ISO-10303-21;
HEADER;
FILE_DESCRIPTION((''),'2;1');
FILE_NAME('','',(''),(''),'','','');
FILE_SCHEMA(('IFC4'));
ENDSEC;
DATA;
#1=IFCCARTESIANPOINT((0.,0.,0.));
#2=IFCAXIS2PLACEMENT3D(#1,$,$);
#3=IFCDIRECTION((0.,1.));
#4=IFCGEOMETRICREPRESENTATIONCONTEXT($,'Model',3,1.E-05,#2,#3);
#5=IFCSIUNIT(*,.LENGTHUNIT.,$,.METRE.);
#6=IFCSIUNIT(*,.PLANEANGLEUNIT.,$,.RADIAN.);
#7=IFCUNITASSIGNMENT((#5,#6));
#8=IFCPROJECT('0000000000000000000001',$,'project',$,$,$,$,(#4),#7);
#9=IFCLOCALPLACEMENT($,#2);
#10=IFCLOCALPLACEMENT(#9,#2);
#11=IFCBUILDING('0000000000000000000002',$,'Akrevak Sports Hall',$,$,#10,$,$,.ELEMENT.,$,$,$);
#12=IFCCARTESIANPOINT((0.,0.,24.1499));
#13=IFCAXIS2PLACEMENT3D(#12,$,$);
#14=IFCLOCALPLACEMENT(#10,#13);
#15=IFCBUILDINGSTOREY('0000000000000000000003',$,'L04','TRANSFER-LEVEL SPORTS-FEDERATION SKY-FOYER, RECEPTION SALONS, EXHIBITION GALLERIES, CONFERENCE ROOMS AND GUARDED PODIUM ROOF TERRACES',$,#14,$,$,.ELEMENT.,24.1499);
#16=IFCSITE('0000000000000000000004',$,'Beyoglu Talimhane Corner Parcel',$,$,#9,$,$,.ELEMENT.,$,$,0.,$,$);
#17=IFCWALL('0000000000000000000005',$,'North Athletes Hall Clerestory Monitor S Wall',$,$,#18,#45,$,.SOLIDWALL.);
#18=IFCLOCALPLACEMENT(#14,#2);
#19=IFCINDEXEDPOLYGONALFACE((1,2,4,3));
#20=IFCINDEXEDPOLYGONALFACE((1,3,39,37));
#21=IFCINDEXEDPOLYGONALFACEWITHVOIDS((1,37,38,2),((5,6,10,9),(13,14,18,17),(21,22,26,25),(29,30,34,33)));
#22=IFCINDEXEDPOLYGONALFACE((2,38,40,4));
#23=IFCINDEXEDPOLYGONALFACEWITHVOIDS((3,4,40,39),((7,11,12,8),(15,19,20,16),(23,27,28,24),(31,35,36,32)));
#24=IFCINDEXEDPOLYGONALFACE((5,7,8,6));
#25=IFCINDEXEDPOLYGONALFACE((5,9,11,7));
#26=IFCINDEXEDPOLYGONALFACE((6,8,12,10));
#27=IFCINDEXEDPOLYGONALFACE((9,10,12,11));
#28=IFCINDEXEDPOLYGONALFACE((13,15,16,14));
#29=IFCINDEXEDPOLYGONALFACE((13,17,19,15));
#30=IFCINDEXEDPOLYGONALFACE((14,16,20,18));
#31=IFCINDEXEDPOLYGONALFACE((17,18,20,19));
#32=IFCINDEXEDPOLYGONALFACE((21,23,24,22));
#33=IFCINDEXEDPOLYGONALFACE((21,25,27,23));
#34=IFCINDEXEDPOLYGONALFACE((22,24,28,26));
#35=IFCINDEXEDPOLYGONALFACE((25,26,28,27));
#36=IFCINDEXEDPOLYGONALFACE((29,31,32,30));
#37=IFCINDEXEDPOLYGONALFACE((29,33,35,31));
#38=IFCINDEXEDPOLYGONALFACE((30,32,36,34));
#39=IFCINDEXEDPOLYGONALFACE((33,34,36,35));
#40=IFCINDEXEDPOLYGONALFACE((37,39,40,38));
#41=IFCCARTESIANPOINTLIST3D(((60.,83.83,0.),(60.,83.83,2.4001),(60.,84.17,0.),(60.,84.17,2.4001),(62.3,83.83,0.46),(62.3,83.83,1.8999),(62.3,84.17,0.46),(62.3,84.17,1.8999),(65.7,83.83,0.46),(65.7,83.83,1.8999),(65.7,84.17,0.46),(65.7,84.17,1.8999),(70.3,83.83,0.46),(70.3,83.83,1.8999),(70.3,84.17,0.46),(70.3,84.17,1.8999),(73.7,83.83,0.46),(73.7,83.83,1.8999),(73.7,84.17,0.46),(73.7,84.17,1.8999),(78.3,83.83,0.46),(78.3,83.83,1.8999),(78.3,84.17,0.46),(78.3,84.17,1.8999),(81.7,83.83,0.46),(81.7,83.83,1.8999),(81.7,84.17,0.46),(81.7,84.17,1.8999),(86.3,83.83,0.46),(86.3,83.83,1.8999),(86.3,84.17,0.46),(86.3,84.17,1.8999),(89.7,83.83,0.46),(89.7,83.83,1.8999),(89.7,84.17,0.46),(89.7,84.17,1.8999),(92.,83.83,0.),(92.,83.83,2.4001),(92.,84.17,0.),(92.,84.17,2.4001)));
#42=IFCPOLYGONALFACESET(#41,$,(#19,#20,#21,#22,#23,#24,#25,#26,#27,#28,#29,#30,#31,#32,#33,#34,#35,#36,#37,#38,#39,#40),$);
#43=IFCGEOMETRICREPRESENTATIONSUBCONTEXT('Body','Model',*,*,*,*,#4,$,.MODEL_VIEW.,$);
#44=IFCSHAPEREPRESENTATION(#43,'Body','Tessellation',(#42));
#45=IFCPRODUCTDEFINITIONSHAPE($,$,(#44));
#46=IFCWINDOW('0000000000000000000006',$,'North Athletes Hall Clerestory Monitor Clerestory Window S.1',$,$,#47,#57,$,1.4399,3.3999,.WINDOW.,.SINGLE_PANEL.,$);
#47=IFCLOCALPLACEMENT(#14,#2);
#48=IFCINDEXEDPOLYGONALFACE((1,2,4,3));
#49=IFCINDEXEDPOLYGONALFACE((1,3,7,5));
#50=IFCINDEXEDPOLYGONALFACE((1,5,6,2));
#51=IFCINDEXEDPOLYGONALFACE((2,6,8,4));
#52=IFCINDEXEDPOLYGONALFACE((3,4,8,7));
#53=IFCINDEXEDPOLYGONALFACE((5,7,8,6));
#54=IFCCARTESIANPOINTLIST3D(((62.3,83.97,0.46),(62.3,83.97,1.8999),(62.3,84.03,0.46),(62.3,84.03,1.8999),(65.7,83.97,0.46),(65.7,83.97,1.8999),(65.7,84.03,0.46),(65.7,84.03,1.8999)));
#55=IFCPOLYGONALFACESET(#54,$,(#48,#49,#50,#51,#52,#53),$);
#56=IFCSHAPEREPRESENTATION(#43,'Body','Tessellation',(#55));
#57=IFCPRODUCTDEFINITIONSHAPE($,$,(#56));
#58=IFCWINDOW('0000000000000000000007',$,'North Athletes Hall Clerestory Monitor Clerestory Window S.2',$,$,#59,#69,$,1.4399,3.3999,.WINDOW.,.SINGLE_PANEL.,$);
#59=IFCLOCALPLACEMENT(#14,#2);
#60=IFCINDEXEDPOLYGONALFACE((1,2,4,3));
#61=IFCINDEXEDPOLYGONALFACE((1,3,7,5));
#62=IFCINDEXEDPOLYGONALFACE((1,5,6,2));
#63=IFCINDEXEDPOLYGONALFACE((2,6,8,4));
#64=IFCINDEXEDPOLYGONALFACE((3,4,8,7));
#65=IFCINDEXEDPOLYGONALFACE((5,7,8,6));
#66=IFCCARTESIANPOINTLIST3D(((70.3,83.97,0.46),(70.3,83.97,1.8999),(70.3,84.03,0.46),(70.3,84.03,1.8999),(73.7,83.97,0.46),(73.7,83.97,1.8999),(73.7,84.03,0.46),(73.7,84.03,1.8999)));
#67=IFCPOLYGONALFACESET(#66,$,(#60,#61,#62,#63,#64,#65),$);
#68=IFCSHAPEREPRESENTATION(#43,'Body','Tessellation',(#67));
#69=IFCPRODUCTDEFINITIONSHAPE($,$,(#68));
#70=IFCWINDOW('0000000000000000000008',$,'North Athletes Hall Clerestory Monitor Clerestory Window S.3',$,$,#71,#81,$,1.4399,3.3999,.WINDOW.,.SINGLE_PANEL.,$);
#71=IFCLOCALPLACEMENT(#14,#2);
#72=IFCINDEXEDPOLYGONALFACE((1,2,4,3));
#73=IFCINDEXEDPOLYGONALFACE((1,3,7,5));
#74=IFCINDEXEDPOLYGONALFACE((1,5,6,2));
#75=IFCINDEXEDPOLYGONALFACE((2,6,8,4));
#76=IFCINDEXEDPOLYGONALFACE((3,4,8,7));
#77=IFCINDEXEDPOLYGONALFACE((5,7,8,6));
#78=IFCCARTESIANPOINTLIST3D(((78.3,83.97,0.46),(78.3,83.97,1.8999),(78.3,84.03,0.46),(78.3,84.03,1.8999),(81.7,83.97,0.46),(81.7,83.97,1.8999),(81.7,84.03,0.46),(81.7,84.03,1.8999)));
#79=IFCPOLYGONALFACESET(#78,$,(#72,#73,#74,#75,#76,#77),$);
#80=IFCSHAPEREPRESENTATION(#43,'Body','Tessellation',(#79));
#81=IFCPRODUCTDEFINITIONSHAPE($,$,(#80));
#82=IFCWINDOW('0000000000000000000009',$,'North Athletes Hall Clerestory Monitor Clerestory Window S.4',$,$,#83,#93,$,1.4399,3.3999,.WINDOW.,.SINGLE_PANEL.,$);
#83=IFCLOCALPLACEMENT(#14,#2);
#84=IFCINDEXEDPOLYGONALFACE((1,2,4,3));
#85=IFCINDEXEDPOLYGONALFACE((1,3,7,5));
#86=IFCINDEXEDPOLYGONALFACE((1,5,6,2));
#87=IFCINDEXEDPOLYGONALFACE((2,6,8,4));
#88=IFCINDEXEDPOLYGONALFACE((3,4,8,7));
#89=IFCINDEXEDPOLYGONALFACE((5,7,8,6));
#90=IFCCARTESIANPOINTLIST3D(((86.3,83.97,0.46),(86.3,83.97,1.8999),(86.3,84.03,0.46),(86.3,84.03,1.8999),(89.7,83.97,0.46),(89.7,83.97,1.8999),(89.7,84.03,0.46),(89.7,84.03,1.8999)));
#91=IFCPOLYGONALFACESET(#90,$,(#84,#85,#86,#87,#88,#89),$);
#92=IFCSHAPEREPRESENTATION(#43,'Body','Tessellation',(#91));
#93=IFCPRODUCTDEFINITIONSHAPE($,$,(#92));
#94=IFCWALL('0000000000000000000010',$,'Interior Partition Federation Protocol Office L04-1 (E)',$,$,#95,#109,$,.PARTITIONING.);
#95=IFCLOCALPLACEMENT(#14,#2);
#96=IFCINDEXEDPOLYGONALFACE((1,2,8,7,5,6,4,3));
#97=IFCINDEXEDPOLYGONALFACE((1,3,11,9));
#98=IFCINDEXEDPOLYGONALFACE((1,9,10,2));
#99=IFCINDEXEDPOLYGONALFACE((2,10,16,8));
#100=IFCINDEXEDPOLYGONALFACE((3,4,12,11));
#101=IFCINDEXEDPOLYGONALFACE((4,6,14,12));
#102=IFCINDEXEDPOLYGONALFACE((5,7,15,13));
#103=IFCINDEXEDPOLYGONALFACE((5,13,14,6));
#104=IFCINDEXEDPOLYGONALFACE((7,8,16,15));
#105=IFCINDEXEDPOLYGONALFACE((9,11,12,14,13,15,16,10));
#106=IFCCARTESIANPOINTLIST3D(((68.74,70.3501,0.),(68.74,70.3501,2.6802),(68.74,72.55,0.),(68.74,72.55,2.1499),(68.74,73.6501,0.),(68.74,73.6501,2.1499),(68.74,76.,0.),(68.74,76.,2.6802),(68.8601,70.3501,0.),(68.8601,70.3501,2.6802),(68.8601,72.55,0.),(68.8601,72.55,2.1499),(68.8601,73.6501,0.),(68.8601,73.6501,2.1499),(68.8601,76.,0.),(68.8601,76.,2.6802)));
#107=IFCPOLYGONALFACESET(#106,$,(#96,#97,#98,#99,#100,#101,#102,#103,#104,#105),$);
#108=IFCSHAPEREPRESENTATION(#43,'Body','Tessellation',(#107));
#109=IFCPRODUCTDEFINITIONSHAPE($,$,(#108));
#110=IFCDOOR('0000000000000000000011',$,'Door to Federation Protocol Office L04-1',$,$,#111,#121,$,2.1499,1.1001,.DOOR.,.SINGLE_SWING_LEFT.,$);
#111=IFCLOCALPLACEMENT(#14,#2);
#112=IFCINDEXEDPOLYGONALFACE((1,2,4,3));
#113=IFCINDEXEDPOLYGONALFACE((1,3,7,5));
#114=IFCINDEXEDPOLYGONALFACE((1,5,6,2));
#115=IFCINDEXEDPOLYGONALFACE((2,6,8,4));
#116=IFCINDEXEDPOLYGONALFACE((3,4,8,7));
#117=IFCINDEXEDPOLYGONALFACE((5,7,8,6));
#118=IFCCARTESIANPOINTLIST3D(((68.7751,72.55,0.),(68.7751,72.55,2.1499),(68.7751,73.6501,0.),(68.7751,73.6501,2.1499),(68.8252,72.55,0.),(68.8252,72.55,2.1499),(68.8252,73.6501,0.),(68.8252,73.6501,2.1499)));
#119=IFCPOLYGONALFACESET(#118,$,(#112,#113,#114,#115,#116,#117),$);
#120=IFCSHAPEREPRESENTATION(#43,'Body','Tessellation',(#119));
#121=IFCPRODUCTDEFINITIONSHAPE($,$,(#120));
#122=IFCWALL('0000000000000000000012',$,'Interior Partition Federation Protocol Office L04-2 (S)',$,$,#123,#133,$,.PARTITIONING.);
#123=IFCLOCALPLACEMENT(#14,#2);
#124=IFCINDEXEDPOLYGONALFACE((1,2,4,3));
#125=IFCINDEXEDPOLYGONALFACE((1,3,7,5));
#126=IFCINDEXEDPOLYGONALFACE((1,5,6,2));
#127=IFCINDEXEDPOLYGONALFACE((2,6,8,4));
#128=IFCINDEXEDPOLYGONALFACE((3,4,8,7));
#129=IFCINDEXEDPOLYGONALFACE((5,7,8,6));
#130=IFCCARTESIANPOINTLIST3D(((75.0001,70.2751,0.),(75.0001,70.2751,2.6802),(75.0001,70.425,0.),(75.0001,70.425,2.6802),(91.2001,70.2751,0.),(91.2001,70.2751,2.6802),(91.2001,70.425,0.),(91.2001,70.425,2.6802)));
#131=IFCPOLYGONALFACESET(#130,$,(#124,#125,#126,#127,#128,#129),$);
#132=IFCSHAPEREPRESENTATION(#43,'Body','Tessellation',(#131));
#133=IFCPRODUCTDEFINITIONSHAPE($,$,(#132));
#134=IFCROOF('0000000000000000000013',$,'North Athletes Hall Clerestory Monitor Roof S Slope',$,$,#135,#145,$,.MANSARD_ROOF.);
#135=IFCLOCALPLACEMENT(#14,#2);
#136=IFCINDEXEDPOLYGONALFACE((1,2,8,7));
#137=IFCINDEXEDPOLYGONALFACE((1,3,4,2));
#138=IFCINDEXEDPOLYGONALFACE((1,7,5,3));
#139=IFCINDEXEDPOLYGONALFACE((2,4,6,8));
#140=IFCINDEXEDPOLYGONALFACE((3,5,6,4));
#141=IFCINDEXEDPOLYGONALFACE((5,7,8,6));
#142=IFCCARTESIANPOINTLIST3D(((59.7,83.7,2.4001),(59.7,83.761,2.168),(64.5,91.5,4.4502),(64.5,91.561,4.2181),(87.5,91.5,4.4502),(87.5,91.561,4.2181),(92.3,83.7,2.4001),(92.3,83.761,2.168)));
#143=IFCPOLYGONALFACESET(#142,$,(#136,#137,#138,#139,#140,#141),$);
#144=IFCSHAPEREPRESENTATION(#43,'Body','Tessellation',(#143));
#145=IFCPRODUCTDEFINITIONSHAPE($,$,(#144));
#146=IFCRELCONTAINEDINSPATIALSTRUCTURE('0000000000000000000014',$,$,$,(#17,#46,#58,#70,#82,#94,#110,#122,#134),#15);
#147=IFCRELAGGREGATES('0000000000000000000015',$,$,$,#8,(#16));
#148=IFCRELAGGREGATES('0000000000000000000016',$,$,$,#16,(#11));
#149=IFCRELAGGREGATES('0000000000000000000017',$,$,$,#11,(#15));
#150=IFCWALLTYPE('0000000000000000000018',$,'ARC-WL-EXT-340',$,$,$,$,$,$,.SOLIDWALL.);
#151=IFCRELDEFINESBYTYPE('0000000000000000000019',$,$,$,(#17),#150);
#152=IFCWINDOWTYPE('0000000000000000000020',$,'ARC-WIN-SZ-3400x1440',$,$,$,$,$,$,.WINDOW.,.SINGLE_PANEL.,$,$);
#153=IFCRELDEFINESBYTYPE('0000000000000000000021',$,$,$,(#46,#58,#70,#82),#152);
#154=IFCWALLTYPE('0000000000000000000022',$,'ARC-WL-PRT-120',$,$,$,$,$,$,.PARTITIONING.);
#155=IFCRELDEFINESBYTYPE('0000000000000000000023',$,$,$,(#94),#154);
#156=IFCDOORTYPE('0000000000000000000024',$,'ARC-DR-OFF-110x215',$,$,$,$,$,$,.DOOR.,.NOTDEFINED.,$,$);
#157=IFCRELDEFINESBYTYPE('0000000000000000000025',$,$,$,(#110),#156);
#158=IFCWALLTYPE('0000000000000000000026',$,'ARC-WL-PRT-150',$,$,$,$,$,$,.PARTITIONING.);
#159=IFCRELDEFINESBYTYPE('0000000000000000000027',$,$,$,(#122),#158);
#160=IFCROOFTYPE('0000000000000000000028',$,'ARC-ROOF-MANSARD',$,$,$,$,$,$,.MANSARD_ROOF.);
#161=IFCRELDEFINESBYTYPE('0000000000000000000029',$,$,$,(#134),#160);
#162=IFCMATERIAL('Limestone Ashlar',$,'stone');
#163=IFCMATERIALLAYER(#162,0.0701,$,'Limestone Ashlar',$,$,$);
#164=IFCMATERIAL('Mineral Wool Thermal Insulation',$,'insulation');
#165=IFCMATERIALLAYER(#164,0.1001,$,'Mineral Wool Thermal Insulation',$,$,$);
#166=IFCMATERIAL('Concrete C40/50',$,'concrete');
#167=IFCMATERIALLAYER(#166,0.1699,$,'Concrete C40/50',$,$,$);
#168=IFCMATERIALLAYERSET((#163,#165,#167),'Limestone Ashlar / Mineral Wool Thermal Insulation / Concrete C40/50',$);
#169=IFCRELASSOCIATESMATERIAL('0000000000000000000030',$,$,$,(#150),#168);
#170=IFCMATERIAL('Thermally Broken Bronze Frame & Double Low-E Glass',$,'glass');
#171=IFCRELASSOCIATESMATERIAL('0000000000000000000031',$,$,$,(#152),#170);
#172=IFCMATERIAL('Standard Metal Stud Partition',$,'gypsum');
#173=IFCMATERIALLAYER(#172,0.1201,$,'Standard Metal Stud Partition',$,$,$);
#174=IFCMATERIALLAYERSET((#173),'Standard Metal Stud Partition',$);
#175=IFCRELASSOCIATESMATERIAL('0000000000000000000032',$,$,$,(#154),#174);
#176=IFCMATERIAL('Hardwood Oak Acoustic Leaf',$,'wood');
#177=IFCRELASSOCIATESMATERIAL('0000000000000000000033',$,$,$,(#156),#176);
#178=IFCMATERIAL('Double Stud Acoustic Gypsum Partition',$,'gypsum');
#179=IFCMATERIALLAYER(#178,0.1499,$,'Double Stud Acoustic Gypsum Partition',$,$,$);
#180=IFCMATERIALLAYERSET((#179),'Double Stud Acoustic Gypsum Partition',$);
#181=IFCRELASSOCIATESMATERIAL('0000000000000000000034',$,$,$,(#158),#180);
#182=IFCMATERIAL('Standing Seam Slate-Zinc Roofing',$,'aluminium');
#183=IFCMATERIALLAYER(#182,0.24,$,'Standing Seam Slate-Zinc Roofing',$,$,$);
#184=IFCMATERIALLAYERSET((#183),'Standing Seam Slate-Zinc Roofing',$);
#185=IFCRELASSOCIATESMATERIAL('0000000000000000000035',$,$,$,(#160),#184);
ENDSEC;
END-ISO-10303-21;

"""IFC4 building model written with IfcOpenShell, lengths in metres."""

from ifc_helpers import new_model, si_unit, direction, frame, frame_2d, origin, place, context, subcontext, project, spatial, polyline, rectangle, outline, extrude, material, layer, layer_set, type_object, element, fill, save


model = new_model("IFC4")

# Units and contexts
model_context = context("Model", 3, precision=1e-05, world=origin(), true_north=direction((0.0, 1.0)))
body_context = subcontext(model_context, "Body", "Model", "MODEL_VIEW")
ifc_project = project(units=[si_unit("LENGTHUNIT", "METRE"), si_unit("PLANEANGLEUNIT", "RADIAN")], contexts=[model_context])

# Site, building, storey
site_placement = place(None, origin())
site = spatial("IfcSite", under=ifc_project, at=site_placement, Name="Beyoglu Talimhane Corner Parcel", CompositionType="ELEMENT", RefElevation=0.0)
building_placement = place(site_placement, origin())
building = spatial("IfcBuilding", under=site, at=building_placement, Name="Akrevak Sports Hall", CompositionType="ELEMENT")
storey_placement = place(building_placement, frame((0.0, 0.0, 24.1499)))
storey = spatial("IfcBuildingStorey", under=building, at=storey_placement, Name="L04", Description="TRANSFER-LEVEL SPORTS-FEDERATION SKY-FOYER, RECEPTION SALONS, EXHIBITION GALLERIES, CONFERENCE ROOMS AND GUARDED PODIUM ROOF TERRACES", CompositionType="ELEMENT", Elevation=24.1499)

# Shared definitions
ifc_material_1 = material(Name="Limestone Ashlar", Category="stone")
ifc_material_2 = material(Name="Mineral Wool Thermal Insulation", Category="insulation")
ifc_material_3 = material(Name="Concrete C40/50", Category="concrete")
ifc_material_4 = material(Name="Thermally Broken Bronze Frame & Double Low-E Glass", Category="glass")

# Wall, openings, windows
ifc_layer_1 = layer(ifc_material_1, 0.0701, Name="Limestone Ashlar")
ifc_layer_2 = layer(ifc_material_2, 0.1001, Name="Mineral Wool Thermal Insulation")
ifc_layer_3 = layer(ifc_material_3, 0.1699, Name="Concrete C40/50")
ifc_layer_set_1 = layer_set([ifc_layer_1, ifc_layer_2, ifc_layer_3], Name="Limestone Ashlar / Mineral Wool Thermal Insulation / Concrete C40/50")
wall_type_1 = type_object("IfcWallType", Name="ARC-WL-EXT-340", PredefinedType="SOLIDWALL", material=ifc_layer_set_1)
wall_1_placement = place(storey_placement, frame((60.0, 84.0, 0.0), z_axis=(0.0, 0.0, 1.0), x_axis=(1.0, 0.0, 0.0)))
wall_1 = element("IfcWall", 1, at=wall_1_placement, inside=storey, type_object=wall_type_1, Name="North Athletes Hall Clerestory Monitor S Wall", PredefinedType="SOLIDWALL", context=body_context, shape_type="SweptSolid", body=[
    extrude(rectangle(XDim=32.0, YDim=0.3401, at=frame_2d((16.0, 0.0))), origin(), (0.0, 0.0, 1.0), 2.4001),
])
opening_1_placement = place(wall_1_placement, frame((2.3, 0.0, 0.46)))
opening_1 = element("IfcOpeningElement", 2, at=opening_1_placement, cuts=wall_1, PredefinedType="OPENING", context=body_context, shape_type="SweptSolid", body=[
    extrude(rectangle(XDim=3.3999, YDim=1.4399, at=frame_2d((1.7, 0.72))), frame((0.0, 0.1821, 0.0), z_axis=(0.0, -1.0, 0.0), x_axis=(1.0, 0.0, 0.0)), (0.0, 0.0, 1.0), 0.364),
])
opening_2_placement = place(wall_1_placement, frame((10.3, 0.0, 0.46)))
opening_2 = element("IfcOpeningElement", 3, at=opening_2_placement, cuts=wall_1, PredefinedType="OPENING", context=body_context, shape_type="SweptSolid", body=[
    extrude(rectangle(XDim=3.3999, YDim=1.4399, at=frame_2d((1.7, 0.72))), frame((0.0, 0.1821, 0.0), z_axis=(0.0, -1.0, 0.0), x_axis=(1.0, 0.0, 0.0)), (0.0, 0.0, 1.0), 0.364),
])
opening_3_placement = place(wall_1_placement, frame((18.3, 0.0, 0.46)))
opening_3 = element("IfcOpeningElement", 4, at=opening_3_placement, cuts=wall_1, PredefinedType="OPENING", context=body_context, shape_type="SweptSolid", body=[
    extrude(rectangle(XDim=3.3999, YDim=1.4399, at=frame_2d((1.7, 0.72))), frame((0.0, 0.1821, 0.0), z_axis=(0.0, -1.0, 0.0), x_axis=(1.0, 0.0, 0.0)), (0.0, 0.0, 1.0), 0.364),
])
opening_4_placement = place(wall_1_placement, frame((26.3, 0.0, 0.46)))
opening_4 = element("IfcOpeningElement", 5, at=opening_4_placement, cuts=wall_1, PredefinedType="OPENING", context=body_context, shape_type="SweptSolid", body=[
    extrude(rectangle(XDim=3.3999, YDim=1.4399, at=frame_2d((1.7, 0.72))), frame((0.0, 0.1821, 0.0), z_axis=(0.0, -1.0, 0.0), x_axis=(1.0, 0.0, 0.0)), (0.0, 0.0, 1.0), 0.364),
])
window_type_1 = type_object("IfcWindowType", Name="ARC-WIN-SZ-3400x1440", PartitioningType="SINGLE_PANEL", PredefinedType="WINDOW", material=ifc_material_4)
window_1_placement = place(opening_1_placement, origin())
window_1 = element("IfcWindow", 6, at=window_1_placement, inside=storey, type_object=window_type_1, Name="North Athletes Hall Clerestory Monitor Clerestory Window S.1", OverallHeight=1.4399, OverallWidth=3.3999, PartitioningType="SINGLE_PANEL", PredefinedType="WINDOW", context=body_context, shape_type="SweptSolid", body=[
    extrude(rectangle(XDim=3.3999, YDim=1.4399, at=frame_2d((1.7, 0.72))), frame((0.0, 0.03, 0.0), z_axis=(0.0, -1.0, 0.0), x_axis=(1.0, 0.0, 0.0)), (0.0, 0.0, 1.0), 0.0601),
])
fill(opening_1, window_1)
window_2_placement = place(opening_2_placement, origin())
window_2 = element("IfcWindow", 7, at=window_2_placement, inside=storey, type_object=window_type_1, Name="North Athletes Hall Clerestory Monitor Clerestory Window S.2", OverallHeight=1.4399, OverallWidth=3.3999, PartitioningType="SINGLE_PANEL", PredefinedType="WINDOW", context=body_context, shape_type="SweptSolid", body=[
    extrude(rectangle(XDim=3.3999, YDim=1.4399, at=frame_2d((1.7, 0.72))), frame((0.0, 0.03, 0.0), z_axis=(0.0, -1.0, 0.0), x_axis=(1.0, 0.0, 0.0)), (0.0, 0.0, 1.0), 0.0601),
])
fill(opening_2, window_2)
window_3_placement = place(opening_3_placement, origin())
window_3 = element("IfcWindow", 8, at=window_3_placement, inside=storey, type_object=window_type_1, Name="North Athletes Hall Clerestory Monitor Clerestory Window S.3", OverallHeight=1.4399, OverallWidth=3.3999, PartitioningType="SINGLE_PANEL", PredefinedType="WINDOW", context=body_context, shape_type="SweptSolid", body=[
    extrude(rectangle(XDim=3.3999, YDim=1.4399, at=frame_2d((1.7, 0.72))), frame((0.0, 0.03, 0.0), z_axis=(0.0, -1.0, 0.0), x_axis=(1.0, 0.0, 0.0)), (0.0, 0.0, 1.0), 0.0601),
])
fill(opening_3, window_3)
window_4_placement = place(opening_4_placement, origin())
window_4 = element("IfcWindow", 9, at=window_4_placement, inside=storey, type_object=window_type_1, Name="North Athletes Hall Clerestory Monitor Clerestory Window S.4", OverallHeight=1.4399, OverallWidth=3.3999, PartitioningType="SINGLE_PANEL", PredefinedType="WINDOW", context=body_context, shape_type="SweptSolid", body=[
    extrude(rectangle(XDim=3.3999, YDim=1.4399, at=frame_2d((1.7, 0.72))), frame((0.0, 0.03, 0.0), z_axis=(0.0, -1.0, 0.0), x_axis=(1.0, 0.0, 0.0)), (0.0, 0.0, 1.0), 0.0601),
])
fill(opening_4, window_4)

# Wall, opening, door
ifc_material_5 = material(Name="Standard Metal Stud Partition", Category="gypsum")
ifc_layer_4 = layer(ifc_material_5, 0.1201, Name="Standard Metal Stud Partition")
ifc_layer_set_2 = layer_set([ifc_layer_4], Name="Standard Metal Stud Partition")
wall_type_2 = type_object("IfcWallType", Name="ARC-WL-PRT-120", PredefinedType="PARTITIONING", material=ifc_layer_set_2)
wall_2_placement = place(storey_placement, frame((68.8, 70.3501, 0.0), z_axis=(0.0, 0.0, 1.0), x_axis=(0.0, 1.0, 0.0)))
wall_2 = element("IfcWall", 10, at=wall_2_placement, inside=storey, type_object=wall_type_2, Name="Interior Partition Federation Protocol Office L04-1 (E)", PredefinedType="PARTITIONING", context=body_context, shape_type="SweptSolid", body=[
    extrude(rectangle(XDim=5.6499, YDim=0.1201, at=frame_2d((2.825, 0.0))), origin(), (0.0, 0.0, 1.0), 2.6802),
])
opening_5_placement = place(wall_2_placement, frame((2.2, 0.0, 0.0)))
opening_5 = element("IfcOpeningElement", 11, at=opening_5_placement, cuts=wall_2, PredefinedType="OPENING", context=body_context, shape_type="SweptSolid", body=[
    extrude(rectangle(XDim=1.1001, YDim=2.1499, at=frame_2d((0.55, 1.075))), frame((0.0, 0.072, 0.0), z_axis=(0.0, -1.0, 0.0), x_axis=(1.0, 0.0, 0.0)), (0.0, 0.0, 1.0), 0.144),
])
ifc_material_6 = material(Name="Hardwood Oak Acoustic Leaf", Category="wood")
door_type_1 = type_object("IfcDoorType", Name="ARC-DR-OFF-110x215", OperationType="NOTDEFINED", PredefinedType="DOOR", material=ifc_material_6)
door_1_placement = place(opening_5_placement, origin())
door_1 = element("IfcDoor", 12, at=door_1_placement, inside=storey, type_object=door_type_1, Name="Door to Federation Protocol Office L04-1", OperationType="SINGLE_SWING_LEFT", OverallHeight=2.1499, OverallWidth=1.1001, PredefinedType="DOOR", context=body_context, shape_type="SweptSolid", body=[
    extrude(rectangle(XDim=1.1001, YDim=2.1499, at=frame_2d((0.55, 1.075))), frame((0.0, 0.0249, 0.0), z_axis=(0.0, -1.0, 0.0), x_axis=(1.0, 0.0, 0.0)), (0.0, 0.0, 1.0), 0.05),
])
fill(opening_5, door_1)

# Wall
ifc_material_7 = material(Name="Double Stud Acoustic Gypsum Partition", Category="gypsum")
ifc_layer_5 = layer(ifc_material_7, 0.1499, Name="Double Stud Acoustic Gypsum Partition")
ifc_layer_set_3 = layer_set([ifc_layer_5], Name="Double Stud Acoustic Gypsum Partition")
wall_type_3 = type_object("IfcWallType", Name="ARC-WL-PRT-150", PredefinedType="PARTITIONING", material=ifc_layer_set_3)
wall_3_placement = place(storey_placement, frame((75.0, 70.3501, 0.0), z_axis=(0.0, 0.0, 1.0), x_axis=(1.0, 0.0, 0.0)))
element("IfcWall", 13, at=wall_3_placement, inside=storey, type_object=wall_type_3, Name="Interior Partition Federation Protocol Office L04-2 (S)", PredefinedType="PARTITIONING", context=body_context, shape_type="SweptSolid", body=[
    extrude(rectangle(XDim=16.2, YDim=0.1499, at=frame_2d((8.1001, 0.0))), origin(), (0.0, 0.0, 1.0), 2.6802),
])

# Roof
ifc_material_8 = material(Name="Standing Seam Slate-Zinc Roofing", Category="aluminium")
ifc_layer_6 = layer(ifc_material_8, 0.24, Name="Standing Seam Slate-Zinc Roofing")
ifc_layer_set_4 = layer_set([ifc_layer_6], Name="Standing Seam Slate-Zinc Roofing")
roof_type = type_object("IfcRoofType", Name="ARC-ROOF-MANSARD", PredefinedType="MANSARD_ROOF", material=ifc_layer_set_4)
roof_placement = place(storey_placement, frame((59.7, 83.7, 2.4001), z_axis=(0.0, -0.254192, 0.967154), x_axis=(1.0, 0.0, 0.0)))
element("IfcRoof", 14, at=roof_placement, inside=storey, type_object=roof_type, Name="North Athletes Hall Clerestory Monitor Roof S Slope", PredefinedType="MANSARD_ROOF", context=body_context, shape_type="SweptSolid", body=[
    extrude(outline(polyline([(0.0, 0.0), (32.6001, 0.0), (27.8, 8.065), (4.8, 8.065), (0.0, 0.0)])), origin(), (0.0, 0.0, -1.0), 0.24),
])

save(model, "model.ifc")
